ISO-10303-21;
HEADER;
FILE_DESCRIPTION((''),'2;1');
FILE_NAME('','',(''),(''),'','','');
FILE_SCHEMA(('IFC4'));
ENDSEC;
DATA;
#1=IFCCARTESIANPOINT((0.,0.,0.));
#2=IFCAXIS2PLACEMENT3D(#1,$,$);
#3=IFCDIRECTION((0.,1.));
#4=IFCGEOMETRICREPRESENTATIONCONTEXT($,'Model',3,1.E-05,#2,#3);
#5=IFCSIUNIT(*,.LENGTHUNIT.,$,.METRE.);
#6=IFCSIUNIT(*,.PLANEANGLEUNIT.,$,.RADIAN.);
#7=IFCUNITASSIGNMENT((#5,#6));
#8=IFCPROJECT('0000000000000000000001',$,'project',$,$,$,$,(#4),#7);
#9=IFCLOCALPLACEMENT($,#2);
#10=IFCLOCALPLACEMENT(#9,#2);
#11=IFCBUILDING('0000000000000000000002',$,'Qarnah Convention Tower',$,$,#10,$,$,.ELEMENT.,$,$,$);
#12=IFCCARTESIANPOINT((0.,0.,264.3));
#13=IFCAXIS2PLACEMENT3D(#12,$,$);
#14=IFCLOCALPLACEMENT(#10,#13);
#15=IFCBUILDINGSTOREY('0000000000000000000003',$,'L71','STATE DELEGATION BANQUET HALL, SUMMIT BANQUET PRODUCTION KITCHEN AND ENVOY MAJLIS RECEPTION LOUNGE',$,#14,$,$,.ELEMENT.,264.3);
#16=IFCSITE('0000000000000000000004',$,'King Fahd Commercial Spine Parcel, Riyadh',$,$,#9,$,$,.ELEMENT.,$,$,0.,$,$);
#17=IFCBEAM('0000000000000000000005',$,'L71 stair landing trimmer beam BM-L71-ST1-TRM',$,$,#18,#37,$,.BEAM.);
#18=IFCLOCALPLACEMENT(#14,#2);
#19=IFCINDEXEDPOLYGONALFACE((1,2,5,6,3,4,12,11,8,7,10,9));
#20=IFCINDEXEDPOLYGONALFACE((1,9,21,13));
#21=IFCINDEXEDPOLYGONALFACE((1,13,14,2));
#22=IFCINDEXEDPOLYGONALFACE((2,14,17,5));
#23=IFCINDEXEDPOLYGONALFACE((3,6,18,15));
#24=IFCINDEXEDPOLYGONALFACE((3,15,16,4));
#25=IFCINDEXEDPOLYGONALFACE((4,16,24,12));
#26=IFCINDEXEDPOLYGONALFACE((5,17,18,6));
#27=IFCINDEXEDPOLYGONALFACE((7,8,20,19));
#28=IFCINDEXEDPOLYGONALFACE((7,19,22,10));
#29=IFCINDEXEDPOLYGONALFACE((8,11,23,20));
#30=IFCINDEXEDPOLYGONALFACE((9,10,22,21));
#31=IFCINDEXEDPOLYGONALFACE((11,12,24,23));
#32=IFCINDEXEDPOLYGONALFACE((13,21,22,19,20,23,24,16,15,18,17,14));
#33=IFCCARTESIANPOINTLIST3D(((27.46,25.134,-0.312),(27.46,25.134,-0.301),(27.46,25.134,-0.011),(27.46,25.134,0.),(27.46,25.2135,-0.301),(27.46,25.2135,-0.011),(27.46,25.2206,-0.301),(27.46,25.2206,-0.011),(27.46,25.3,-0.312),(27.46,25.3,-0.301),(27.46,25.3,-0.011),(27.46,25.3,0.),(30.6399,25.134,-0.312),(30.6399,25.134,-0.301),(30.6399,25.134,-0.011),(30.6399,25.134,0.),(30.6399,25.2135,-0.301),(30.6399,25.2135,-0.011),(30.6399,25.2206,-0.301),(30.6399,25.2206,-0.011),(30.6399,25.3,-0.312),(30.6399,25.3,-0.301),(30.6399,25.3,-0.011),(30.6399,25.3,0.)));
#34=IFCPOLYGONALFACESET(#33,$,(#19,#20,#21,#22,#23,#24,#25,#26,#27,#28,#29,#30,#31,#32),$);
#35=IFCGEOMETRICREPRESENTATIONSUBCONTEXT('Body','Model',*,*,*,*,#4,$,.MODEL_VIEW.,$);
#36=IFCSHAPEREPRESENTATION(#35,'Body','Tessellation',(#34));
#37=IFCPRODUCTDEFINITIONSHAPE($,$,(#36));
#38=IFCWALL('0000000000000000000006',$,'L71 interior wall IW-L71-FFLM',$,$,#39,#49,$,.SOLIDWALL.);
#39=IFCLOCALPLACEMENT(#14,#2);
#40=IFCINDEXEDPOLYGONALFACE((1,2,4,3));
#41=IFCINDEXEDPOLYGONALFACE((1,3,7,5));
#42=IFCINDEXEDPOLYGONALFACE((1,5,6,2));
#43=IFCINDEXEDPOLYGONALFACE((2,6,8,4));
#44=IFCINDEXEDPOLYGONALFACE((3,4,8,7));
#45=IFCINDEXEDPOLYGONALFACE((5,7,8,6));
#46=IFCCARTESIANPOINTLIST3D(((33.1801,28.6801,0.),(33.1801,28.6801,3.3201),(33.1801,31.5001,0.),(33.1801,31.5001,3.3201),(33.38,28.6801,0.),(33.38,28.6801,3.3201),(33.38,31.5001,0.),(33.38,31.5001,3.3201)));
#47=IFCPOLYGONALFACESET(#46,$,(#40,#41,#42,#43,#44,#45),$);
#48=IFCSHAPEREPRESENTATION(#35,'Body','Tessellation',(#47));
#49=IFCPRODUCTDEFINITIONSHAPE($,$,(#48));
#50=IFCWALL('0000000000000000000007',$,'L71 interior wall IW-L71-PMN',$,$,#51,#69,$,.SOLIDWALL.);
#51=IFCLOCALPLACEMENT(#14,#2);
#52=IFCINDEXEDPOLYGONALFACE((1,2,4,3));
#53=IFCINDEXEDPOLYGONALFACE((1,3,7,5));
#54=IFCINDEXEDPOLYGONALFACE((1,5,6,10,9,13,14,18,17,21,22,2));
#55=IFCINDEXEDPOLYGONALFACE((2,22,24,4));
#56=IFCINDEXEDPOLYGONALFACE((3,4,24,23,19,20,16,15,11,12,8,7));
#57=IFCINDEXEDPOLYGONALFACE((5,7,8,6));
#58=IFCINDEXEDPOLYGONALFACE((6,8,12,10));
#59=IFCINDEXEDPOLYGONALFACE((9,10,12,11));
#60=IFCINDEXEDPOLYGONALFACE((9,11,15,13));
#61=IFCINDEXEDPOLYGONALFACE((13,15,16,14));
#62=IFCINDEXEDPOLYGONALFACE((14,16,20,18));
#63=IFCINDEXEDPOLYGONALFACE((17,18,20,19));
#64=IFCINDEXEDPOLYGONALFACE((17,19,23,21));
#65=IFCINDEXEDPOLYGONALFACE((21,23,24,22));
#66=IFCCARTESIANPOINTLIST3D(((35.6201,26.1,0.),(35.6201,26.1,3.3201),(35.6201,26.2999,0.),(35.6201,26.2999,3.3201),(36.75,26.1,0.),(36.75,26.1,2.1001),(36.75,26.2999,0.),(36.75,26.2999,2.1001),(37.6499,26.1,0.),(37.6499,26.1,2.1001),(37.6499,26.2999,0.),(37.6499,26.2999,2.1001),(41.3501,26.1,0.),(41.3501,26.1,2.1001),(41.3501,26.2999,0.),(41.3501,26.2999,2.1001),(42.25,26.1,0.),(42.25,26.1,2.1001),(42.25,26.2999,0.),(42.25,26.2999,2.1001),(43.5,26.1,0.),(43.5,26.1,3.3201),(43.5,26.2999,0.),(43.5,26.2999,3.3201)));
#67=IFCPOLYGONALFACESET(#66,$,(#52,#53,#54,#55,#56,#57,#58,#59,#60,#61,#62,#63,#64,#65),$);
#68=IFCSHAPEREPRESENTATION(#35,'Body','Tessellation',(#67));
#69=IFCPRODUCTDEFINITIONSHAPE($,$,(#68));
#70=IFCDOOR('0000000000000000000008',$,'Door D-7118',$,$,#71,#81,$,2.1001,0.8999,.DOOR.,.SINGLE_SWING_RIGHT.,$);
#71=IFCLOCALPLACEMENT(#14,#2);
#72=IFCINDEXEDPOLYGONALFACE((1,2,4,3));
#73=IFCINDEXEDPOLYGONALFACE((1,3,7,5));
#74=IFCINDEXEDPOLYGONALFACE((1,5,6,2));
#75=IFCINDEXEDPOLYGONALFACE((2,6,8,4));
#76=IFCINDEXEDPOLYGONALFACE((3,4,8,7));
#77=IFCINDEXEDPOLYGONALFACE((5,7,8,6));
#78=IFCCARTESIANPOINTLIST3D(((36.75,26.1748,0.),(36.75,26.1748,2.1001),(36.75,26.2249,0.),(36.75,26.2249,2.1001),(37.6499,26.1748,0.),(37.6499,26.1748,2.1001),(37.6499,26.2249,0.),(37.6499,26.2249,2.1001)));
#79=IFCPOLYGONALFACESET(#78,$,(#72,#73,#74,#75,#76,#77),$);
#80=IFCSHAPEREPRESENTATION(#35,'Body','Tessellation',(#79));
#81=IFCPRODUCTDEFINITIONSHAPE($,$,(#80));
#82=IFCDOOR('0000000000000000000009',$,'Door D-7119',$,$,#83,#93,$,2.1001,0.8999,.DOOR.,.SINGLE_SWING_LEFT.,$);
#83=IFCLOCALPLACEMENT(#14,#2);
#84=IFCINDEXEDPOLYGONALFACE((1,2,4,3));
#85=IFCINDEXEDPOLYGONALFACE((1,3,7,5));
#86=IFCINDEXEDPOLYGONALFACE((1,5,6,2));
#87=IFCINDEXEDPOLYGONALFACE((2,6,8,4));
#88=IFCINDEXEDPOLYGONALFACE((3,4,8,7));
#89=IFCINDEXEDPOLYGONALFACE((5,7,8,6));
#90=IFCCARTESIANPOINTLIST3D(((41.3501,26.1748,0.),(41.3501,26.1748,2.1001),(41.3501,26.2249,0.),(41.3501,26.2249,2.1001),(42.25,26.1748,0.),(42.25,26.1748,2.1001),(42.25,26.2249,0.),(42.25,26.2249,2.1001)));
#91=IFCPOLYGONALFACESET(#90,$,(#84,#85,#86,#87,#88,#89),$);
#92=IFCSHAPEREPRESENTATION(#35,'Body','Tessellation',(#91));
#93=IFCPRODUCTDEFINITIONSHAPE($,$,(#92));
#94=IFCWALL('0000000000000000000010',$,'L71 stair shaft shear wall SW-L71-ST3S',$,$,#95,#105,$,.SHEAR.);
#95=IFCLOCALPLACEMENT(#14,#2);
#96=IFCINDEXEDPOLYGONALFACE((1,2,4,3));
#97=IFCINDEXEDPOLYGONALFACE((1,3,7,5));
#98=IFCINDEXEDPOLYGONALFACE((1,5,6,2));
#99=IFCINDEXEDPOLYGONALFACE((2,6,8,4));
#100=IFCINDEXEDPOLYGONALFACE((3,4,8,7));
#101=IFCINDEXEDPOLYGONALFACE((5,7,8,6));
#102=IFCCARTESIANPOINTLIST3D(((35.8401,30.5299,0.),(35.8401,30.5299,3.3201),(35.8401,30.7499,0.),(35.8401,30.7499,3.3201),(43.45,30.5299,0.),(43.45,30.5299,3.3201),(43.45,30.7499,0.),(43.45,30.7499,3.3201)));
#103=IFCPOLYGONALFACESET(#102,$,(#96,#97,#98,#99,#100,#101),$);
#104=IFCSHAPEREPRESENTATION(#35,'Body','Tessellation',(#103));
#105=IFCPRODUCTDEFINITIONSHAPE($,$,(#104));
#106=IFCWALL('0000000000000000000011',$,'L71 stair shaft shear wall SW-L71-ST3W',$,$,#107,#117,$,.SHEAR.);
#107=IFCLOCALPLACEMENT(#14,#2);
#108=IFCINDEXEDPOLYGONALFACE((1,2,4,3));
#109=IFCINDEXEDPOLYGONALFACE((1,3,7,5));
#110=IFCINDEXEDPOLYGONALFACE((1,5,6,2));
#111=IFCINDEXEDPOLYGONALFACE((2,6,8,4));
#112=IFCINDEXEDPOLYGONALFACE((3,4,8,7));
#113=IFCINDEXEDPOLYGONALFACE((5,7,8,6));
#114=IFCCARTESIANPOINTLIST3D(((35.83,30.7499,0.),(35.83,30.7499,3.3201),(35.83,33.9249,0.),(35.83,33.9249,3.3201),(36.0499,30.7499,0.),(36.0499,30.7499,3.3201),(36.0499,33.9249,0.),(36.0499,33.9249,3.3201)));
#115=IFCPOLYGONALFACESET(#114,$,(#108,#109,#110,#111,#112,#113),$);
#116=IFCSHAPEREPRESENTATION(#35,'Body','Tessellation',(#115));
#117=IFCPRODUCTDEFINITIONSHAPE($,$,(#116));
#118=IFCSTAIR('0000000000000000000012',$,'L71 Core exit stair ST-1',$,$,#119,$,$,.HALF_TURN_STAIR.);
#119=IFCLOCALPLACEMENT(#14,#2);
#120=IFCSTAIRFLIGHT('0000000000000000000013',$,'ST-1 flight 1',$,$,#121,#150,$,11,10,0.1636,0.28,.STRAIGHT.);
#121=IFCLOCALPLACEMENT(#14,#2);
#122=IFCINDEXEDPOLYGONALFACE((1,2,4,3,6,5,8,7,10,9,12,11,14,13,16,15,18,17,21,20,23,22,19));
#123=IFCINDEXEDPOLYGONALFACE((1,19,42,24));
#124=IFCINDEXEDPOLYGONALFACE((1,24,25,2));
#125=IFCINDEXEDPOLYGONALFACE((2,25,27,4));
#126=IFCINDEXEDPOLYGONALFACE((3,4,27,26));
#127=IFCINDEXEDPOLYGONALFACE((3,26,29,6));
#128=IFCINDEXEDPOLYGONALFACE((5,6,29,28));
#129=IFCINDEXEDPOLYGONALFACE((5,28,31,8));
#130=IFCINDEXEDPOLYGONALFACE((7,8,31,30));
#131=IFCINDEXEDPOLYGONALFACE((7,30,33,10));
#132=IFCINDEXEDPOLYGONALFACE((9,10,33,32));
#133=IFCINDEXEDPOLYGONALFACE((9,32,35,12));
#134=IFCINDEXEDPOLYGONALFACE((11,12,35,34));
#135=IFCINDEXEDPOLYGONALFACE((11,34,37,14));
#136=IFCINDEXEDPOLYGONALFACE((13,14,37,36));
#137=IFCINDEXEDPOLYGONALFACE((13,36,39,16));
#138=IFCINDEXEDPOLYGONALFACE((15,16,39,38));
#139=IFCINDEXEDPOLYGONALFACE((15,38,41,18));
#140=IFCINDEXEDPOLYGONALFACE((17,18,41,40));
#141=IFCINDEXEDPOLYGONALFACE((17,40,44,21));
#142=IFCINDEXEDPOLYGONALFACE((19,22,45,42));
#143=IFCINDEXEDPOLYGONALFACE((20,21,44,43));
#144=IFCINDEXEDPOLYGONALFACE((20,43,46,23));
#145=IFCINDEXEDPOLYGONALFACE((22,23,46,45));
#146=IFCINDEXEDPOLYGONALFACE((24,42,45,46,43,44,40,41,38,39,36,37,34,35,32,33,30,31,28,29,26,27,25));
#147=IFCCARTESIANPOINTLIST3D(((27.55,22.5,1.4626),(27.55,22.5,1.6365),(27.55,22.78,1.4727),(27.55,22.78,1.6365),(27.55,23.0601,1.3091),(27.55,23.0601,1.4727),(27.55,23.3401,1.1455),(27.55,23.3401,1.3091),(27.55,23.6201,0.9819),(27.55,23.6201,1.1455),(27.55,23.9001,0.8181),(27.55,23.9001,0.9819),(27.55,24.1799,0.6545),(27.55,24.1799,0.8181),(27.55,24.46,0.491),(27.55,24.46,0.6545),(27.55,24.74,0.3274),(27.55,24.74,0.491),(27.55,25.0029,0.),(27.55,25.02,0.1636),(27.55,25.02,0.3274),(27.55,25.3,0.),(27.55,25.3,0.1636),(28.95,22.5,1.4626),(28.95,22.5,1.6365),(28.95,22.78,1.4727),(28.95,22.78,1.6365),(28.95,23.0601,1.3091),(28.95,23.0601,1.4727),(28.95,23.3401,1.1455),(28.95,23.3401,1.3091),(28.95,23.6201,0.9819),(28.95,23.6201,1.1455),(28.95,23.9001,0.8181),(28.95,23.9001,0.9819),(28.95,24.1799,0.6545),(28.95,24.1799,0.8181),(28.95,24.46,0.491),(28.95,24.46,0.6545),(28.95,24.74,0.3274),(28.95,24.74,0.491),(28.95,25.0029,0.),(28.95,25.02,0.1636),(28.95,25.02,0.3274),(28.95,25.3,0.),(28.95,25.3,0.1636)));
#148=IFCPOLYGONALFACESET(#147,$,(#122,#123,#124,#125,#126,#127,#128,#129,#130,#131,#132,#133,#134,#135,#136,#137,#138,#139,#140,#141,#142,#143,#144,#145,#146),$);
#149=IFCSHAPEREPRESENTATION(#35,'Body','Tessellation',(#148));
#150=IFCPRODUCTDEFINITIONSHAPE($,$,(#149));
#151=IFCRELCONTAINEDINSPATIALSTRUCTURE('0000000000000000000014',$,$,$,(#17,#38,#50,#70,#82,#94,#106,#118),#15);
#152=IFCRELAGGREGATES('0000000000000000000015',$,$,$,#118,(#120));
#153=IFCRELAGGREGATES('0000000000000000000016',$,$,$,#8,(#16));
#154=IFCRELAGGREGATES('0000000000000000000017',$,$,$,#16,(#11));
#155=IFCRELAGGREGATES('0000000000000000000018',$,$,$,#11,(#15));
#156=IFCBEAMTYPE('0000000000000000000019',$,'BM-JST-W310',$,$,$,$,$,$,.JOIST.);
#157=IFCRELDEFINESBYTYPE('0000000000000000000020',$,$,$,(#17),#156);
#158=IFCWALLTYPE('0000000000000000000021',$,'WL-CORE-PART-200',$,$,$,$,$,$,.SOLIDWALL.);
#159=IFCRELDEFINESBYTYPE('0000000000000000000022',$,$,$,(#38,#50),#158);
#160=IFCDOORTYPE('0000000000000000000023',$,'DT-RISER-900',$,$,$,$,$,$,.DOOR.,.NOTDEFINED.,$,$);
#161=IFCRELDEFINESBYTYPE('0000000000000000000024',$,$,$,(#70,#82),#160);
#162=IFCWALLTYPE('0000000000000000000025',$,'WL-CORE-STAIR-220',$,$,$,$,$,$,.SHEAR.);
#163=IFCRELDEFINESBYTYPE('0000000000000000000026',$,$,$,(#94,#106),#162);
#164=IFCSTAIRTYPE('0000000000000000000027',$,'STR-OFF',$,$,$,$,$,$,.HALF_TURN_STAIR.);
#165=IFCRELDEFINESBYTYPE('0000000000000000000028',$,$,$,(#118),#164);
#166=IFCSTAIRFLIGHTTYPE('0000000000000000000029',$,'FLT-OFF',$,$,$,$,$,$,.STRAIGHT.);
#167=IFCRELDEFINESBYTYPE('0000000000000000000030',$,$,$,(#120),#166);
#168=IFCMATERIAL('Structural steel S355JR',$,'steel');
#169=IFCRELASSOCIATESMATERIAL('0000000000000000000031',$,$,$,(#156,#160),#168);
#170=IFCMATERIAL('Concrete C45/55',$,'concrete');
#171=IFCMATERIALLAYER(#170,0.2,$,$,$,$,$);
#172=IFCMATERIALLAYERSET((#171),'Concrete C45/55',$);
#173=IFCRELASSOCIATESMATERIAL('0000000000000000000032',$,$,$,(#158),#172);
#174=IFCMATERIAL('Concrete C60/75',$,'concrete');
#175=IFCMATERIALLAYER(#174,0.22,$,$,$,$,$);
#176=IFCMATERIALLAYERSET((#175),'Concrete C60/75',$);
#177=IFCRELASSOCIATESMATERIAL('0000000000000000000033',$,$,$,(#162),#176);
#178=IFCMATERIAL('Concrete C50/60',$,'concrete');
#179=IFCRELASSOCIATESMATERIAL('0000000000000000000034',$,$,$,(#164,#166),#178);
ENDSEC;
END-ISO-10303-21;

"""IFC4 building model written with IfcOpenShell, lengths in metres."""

from ifc_helpers import new_model, si_unit, direction, frame, frame_2d, origin, origin_2d, place, context, subcontext, project, spatial, polyline, rectangle, i_section, outline, extrude, material, layer, layer_set, material_profile, profile_set, type_object, element, fill, aggregate, save


model = new_model("IFC4")

# Units and contexts
model_context = context("Model", 3, precision=1e-05, world=origin(), true_north=direction((0.0, 1.0)))
body_context = subcontext(model_context, "Body", "Model", "MODEL_VIEW")
ifc_project = project(units=[si_unit("LENGTHUNIT", "METRE"), si_unit("PLANEANGLEUNIT", "RADIAN")], contexts=[model_context])

# Site, building, storey
site_placement = place(None, origin())
site = spatial("IfcSite", under=ifc_project, at=site_placement, Name="King Fahd Commercial Spine Parcel, Riyadh", CompositionType="ELEMENT", RefElevation=0.0)
building_placement = place(site_placement, origin())
building = spatial("IfcBuilding", under=site, at=building_placement, Name="Qarnah Convention Tower", CompositionType="ELEMENT")
storey_placement = place(building_placement, frame((0.0, 0.0, 264.3)))
storey = spatial("IfcBuildingStorey", under=building, at=storey_placement, Name="L71", Description="STATE DELEGATION BANQUET HALL, SUMMIT BANQUET PRODUCTION KITCHEN AND ENVOY MAJLIS RECEPTION LOUNGE", CompositionType="ELEMENT", Elevation=264.3)

# Beam
ifc_material_1 = material(Name="Structural steel S355JR", Category="steel")
ifc_material_profile = material_profile(ifc_material_1, i_section(OverallWidth=0.166, OverallDepth=0.312, WebThickness=0.0071, FlangeThickness=0.011, at=origin_2d()), Name="W310X45")
ifc_profile_set = profile_set([ifc_material_profile], Name="Structural steel S355JR")
beam_type = type_object("IfcBeamType", Name="BM-JST-W310", PredefinedType="JOIST", material=ifc_profile_set)
beam_placement = place(storey_placement, frame((27.46, 25.217, -0.156), z_axis=(1.0, 0.0, 0.0), x_axis=(0.0, 1.0, 0.0)))
element("IfcBeam", 1, at=beam_placement, inside=storey, type_object=beam_type, Name="L71 stair landing trimmer beam BM-L71-ST1-TRM", PredefinedType="BEAM", context=body_context, shape_type="SweptSolid", body=[
    extrude(i_section(OverallWidth=0.166, OverallDepth=0.312, WebThickness=0.0071, FlangeThickness=0.011, at=origin_2d()), origin(), (0.0, 0.0, 1.0), 3.1799),
])

# Shared definitions
ifc_material_2 = material(Name="Concrete C45/55", Category="concrete")
ifc_layer_1 = layer(ifc_material_2, 0.2)
ifc_layer_set_1 = layer_set([ifc_layer_1], Name="Concrete C45/55")
wall_type_1 = type_object("IfcWallType", Name="WL-CORE-PART-200", PredefinedType="SOLIDWALL", material=ifc_layer_set_1)

# Wall
wall_1_placement = place(storey_placement, frame((33.28, 28.6799, 0.0), z_axis=(0.0, 0.0, 1.0), x_axis=(0.0, 1.0, 0.0)))
element("IfcWall", 2, at=wall_1_placement, inside=storey, type_object=wall_type_1, Name="L71 interior wall IW-L71-FFLM", PredefinedType="SOLIDWALL", context=body_context, shape_type="SweptSolid", body=[
    extrude(rectangle(XDim=2.8201, YDim=0.2, at=frame_2d((1.4102, 0.0))), origin(), (0.0, 0.0, 1.0), 3.3201),
])

# Wall, openings, doors
door_type_1 = type_object("IfcDoorType", Name="DT-RISER-900", OperationType="NOTDEFINED", PredefinedType="DOOR", material=ifc_material_1)
wall_2_placement = place(storey_placement, frame((35.6201, 26.2, 0.0), z_axis=(0.0, 0.0, 1.0), x_axis=(1.0, 0.0, 0.0)))
wall_2 = element("IfcWall", 3, at=wall_2_placement, inside=storey, type_object=wall_type_1, Name="L71 interior wall IW-L71-PMN", PredefinedType="SOLIDWALL", context=body_context, shape_type="SweptSolid", body=[
    extrude(rectangle(XDim=7.8799, YDim=0.2, at=frame_2d((3.9399, 0.0))), origin(), (0.0, 0.0, 1.0), 3.3201),
])
opening_1_placement = place(wall_2_placement, frame((1.1299, 0.0, 0.0)))
opening_1 = element("IfcOpeningElement", 4, at=opening_1_placement, cuts=wall_2, PredefinedType="OPENING", context=body_context, shape_type="SweptSolid", body=[
    extrude(rectangle(XDim=0.8999, YDim=2.1001, at=frame_2d((0.45, 1.05))), frame((0.0, 0.1099, 0.0), z_axis=(0.0, -1.0, 0.0), x_axis=(1.0, 0.0, 0.0)), (0.0, 0.0, 1.0), 0.22),
])
opening_2_placement = place(wall_2_placement, frame((5.73, 0.0, 0.0)))
opening_2 = element("IfcOpeningElement", 5, at=opening_2_placement, cuts=wall_2, PredefinedType="OPENING", context=body_context, shape_type="SweptSolid", body=[
    extrude(rectangle(XDim=0.8999, YDim=2.1001, at=frame_2d((0.45, 1.05))), frame((0.0, 0.1099, 0.0), z_axis=(0.0, -1.0, 0.0), x_axis=(1.0, 0.0, 0.0)), (0.0, 0.0, 1.0), 0.22),
])
door_1_placement = place(opening_1_placement, origin())
door_1 = element("IfcDoor", 6, at=door_1_placement, inside=storey, type_object=door_type_1, Name="Door D-7118", OperationType="SINGLE_SWING_RIGHT", OverallHeight=2.1001, OverallWidth=0.8999, PredefinedType="DOOR", context=body_context, shape_type="SweptSolid", body=[
    extrude(rectangle(XDim=0.8999, YDim=2.1001, at=frame_2d((0.45, 1.05))), frame((0.0, 0.0249, 0.0), z_axis=(0.0, -1.0, 0.0), x_axis=(1.0, 0.0, 0.0)), (0.0, 0.0, 1.0), 0.05),
])
fill(opening_1, door_1)
door_2_placement = place(opening_2_placement, origin())
door_2 = element("IfcDoor", 7, at=door_2_placement, inside=storey, type_object=door_type_1, Name="Door D-7119", OperationType="SINGLE_SWING_LEFT", OverallHeight=2.1001, OverallWidth=0.8999, PredefinedType="DOOR", context=body_context, shape_type="SweptSolid", body=[
    extrude(rectangle(XDim=0.8999, YDim=2.1001, at=frame_2d((0.45, 1.05))), frame((0.0, 0.0249, 0.0), z_axis=(0.0, -1.0, 0.0), x_axis=(1.0, 0.0, 0.0)), (0.0, 0.0, 1.0), 0.05),
])
fill(opening_2, door_2)

# Walls
ifc_material_3 = material(Name="Concrete C60/75", Category="concrete")
ifc_layer_2 = layer(ifc_material_3, 0.22)
ifc_layer_set_2 = layer_set([ifc_layer_2], Name="Concrete C60/75")
wall_type_2 = type_object("IfcWallType", Name="WL-CORE-STAIR-220", PredefinedType="SHEAR", material=ifc_layer_set_2)
wall_3_placement = place(storey_placement, frame((35.8401, 30.6399, 0.0), z_axis=(0.0, 0.0, 1.0), x_axis=(1.0, 0.0, 0.0)))
element("IfcWall", 8, at=wall_3_placement, inside=storey, type_object=wall_type_2, Name="L71 stair shaft shear wall SW-L71-ST3S", PredefinedType="SHEAR", context=body_context, shape_type="SweptSolid", body=[
    extrude(rectangle(XDim=7.6099, YDim=0.22, at=frame_2d((3.8049, 0.0))), origin(), (0.0, 0.0, 1.0), 3.3201),
])
wall_4_placement = place(storey_placement, frame((35.9399, 30.75, 0.0), z_axis=(0.0, 0.0, 1.0), x_axis=(0.0, 1.0, 0.0)))
element("IfcWall", 9, at=wall_4_placement, inside=storey, type_object=wall_type_2, Name="L71 stair shaft shear wall SW-L71-ST3W", PredefinedType="SHEAR", context=body_context, shape_type="SweptSolid", body=[
    extrude(rectangle(XDim=3.175, YDim=0.22, at=frame_2d((1.5874, 0.0))), origin(), (0.0, 0.0, 1.0), 3.3201),
])

# Stair, stair flight
ifc_material_4 = material(Name="Concrete C50/60", Category="concrete")
stair_type = type_object("IfcStairType", Name="STR-OFF", PredefinedType="HALF_TURN_STAIR", material=ifc_material_4)
stair_placement = place(storey_placement, origin())
stair = element("IfcStair", 10, at=stair_placement, inside=storey, type_object=stair_type, Name="L71 Core exit stair ST-1", PredefinedType="HALF_TURN_STAIR")
stair_flight_type = type_object("IfcStairFlightType", Name="FLT-OFF", PredefinedType="STRAIGHT", material=ifc_material_4)
stair_flight_placement = place(storey_placement, frame((28.25, 25.3, 0.0), z_axis=(0.0, 0.0, 1.0), x_axis=(0.0, -1.0, 0.0)))
stair_flight = element("IfcStairFlight", 11, at=stair_flight_placement, type_object=stair_flight_type, Name="ST-1 flight 1", NumberOfRisers=11, NumberOfTreads=10, PredefinedType="STRAIGHT", RiserHeight=0.1636, TreadLength=0.28, context=body_context, shape_type="SweptSolid", body=[
    extrude(outline(polyline([(0.0, 0.0), (0.0, 0.1636), (0.28, 0.1636), (0.28, 0.3274), (0.5601, 0.3274), (0.5601, 0.491), (0.8401, 0.491), (0.8401, 0.6545), (1.1201, 0.6545), (1.1201, 0.8181), (1.3999, 0.8181), (1.3999, 0.9819), (1.6799, 0.9819), (1.6799, 1.1455), (1.96, 1.1455), (1.96, 1.3091), (2.24, 1.3091), (2.24, 1.4727), (2.52, 1.4727), (2.52, 1.6365), (2.8, 1.6365), (2.8, 1.8), (2.8, 1.4626), (0.2971, 0.0), (0.0, 0.0)])), frame((0.0, 0.7, 0.0), z_axis=(0.0, -1.0, 0.0), x_axis=(1.0, 0.0, 0.0)), (0.0, 0.0, 1.0), 1.3999),
])
aggregate(stair, [stair_flight])

save(model, "model.ifc")
